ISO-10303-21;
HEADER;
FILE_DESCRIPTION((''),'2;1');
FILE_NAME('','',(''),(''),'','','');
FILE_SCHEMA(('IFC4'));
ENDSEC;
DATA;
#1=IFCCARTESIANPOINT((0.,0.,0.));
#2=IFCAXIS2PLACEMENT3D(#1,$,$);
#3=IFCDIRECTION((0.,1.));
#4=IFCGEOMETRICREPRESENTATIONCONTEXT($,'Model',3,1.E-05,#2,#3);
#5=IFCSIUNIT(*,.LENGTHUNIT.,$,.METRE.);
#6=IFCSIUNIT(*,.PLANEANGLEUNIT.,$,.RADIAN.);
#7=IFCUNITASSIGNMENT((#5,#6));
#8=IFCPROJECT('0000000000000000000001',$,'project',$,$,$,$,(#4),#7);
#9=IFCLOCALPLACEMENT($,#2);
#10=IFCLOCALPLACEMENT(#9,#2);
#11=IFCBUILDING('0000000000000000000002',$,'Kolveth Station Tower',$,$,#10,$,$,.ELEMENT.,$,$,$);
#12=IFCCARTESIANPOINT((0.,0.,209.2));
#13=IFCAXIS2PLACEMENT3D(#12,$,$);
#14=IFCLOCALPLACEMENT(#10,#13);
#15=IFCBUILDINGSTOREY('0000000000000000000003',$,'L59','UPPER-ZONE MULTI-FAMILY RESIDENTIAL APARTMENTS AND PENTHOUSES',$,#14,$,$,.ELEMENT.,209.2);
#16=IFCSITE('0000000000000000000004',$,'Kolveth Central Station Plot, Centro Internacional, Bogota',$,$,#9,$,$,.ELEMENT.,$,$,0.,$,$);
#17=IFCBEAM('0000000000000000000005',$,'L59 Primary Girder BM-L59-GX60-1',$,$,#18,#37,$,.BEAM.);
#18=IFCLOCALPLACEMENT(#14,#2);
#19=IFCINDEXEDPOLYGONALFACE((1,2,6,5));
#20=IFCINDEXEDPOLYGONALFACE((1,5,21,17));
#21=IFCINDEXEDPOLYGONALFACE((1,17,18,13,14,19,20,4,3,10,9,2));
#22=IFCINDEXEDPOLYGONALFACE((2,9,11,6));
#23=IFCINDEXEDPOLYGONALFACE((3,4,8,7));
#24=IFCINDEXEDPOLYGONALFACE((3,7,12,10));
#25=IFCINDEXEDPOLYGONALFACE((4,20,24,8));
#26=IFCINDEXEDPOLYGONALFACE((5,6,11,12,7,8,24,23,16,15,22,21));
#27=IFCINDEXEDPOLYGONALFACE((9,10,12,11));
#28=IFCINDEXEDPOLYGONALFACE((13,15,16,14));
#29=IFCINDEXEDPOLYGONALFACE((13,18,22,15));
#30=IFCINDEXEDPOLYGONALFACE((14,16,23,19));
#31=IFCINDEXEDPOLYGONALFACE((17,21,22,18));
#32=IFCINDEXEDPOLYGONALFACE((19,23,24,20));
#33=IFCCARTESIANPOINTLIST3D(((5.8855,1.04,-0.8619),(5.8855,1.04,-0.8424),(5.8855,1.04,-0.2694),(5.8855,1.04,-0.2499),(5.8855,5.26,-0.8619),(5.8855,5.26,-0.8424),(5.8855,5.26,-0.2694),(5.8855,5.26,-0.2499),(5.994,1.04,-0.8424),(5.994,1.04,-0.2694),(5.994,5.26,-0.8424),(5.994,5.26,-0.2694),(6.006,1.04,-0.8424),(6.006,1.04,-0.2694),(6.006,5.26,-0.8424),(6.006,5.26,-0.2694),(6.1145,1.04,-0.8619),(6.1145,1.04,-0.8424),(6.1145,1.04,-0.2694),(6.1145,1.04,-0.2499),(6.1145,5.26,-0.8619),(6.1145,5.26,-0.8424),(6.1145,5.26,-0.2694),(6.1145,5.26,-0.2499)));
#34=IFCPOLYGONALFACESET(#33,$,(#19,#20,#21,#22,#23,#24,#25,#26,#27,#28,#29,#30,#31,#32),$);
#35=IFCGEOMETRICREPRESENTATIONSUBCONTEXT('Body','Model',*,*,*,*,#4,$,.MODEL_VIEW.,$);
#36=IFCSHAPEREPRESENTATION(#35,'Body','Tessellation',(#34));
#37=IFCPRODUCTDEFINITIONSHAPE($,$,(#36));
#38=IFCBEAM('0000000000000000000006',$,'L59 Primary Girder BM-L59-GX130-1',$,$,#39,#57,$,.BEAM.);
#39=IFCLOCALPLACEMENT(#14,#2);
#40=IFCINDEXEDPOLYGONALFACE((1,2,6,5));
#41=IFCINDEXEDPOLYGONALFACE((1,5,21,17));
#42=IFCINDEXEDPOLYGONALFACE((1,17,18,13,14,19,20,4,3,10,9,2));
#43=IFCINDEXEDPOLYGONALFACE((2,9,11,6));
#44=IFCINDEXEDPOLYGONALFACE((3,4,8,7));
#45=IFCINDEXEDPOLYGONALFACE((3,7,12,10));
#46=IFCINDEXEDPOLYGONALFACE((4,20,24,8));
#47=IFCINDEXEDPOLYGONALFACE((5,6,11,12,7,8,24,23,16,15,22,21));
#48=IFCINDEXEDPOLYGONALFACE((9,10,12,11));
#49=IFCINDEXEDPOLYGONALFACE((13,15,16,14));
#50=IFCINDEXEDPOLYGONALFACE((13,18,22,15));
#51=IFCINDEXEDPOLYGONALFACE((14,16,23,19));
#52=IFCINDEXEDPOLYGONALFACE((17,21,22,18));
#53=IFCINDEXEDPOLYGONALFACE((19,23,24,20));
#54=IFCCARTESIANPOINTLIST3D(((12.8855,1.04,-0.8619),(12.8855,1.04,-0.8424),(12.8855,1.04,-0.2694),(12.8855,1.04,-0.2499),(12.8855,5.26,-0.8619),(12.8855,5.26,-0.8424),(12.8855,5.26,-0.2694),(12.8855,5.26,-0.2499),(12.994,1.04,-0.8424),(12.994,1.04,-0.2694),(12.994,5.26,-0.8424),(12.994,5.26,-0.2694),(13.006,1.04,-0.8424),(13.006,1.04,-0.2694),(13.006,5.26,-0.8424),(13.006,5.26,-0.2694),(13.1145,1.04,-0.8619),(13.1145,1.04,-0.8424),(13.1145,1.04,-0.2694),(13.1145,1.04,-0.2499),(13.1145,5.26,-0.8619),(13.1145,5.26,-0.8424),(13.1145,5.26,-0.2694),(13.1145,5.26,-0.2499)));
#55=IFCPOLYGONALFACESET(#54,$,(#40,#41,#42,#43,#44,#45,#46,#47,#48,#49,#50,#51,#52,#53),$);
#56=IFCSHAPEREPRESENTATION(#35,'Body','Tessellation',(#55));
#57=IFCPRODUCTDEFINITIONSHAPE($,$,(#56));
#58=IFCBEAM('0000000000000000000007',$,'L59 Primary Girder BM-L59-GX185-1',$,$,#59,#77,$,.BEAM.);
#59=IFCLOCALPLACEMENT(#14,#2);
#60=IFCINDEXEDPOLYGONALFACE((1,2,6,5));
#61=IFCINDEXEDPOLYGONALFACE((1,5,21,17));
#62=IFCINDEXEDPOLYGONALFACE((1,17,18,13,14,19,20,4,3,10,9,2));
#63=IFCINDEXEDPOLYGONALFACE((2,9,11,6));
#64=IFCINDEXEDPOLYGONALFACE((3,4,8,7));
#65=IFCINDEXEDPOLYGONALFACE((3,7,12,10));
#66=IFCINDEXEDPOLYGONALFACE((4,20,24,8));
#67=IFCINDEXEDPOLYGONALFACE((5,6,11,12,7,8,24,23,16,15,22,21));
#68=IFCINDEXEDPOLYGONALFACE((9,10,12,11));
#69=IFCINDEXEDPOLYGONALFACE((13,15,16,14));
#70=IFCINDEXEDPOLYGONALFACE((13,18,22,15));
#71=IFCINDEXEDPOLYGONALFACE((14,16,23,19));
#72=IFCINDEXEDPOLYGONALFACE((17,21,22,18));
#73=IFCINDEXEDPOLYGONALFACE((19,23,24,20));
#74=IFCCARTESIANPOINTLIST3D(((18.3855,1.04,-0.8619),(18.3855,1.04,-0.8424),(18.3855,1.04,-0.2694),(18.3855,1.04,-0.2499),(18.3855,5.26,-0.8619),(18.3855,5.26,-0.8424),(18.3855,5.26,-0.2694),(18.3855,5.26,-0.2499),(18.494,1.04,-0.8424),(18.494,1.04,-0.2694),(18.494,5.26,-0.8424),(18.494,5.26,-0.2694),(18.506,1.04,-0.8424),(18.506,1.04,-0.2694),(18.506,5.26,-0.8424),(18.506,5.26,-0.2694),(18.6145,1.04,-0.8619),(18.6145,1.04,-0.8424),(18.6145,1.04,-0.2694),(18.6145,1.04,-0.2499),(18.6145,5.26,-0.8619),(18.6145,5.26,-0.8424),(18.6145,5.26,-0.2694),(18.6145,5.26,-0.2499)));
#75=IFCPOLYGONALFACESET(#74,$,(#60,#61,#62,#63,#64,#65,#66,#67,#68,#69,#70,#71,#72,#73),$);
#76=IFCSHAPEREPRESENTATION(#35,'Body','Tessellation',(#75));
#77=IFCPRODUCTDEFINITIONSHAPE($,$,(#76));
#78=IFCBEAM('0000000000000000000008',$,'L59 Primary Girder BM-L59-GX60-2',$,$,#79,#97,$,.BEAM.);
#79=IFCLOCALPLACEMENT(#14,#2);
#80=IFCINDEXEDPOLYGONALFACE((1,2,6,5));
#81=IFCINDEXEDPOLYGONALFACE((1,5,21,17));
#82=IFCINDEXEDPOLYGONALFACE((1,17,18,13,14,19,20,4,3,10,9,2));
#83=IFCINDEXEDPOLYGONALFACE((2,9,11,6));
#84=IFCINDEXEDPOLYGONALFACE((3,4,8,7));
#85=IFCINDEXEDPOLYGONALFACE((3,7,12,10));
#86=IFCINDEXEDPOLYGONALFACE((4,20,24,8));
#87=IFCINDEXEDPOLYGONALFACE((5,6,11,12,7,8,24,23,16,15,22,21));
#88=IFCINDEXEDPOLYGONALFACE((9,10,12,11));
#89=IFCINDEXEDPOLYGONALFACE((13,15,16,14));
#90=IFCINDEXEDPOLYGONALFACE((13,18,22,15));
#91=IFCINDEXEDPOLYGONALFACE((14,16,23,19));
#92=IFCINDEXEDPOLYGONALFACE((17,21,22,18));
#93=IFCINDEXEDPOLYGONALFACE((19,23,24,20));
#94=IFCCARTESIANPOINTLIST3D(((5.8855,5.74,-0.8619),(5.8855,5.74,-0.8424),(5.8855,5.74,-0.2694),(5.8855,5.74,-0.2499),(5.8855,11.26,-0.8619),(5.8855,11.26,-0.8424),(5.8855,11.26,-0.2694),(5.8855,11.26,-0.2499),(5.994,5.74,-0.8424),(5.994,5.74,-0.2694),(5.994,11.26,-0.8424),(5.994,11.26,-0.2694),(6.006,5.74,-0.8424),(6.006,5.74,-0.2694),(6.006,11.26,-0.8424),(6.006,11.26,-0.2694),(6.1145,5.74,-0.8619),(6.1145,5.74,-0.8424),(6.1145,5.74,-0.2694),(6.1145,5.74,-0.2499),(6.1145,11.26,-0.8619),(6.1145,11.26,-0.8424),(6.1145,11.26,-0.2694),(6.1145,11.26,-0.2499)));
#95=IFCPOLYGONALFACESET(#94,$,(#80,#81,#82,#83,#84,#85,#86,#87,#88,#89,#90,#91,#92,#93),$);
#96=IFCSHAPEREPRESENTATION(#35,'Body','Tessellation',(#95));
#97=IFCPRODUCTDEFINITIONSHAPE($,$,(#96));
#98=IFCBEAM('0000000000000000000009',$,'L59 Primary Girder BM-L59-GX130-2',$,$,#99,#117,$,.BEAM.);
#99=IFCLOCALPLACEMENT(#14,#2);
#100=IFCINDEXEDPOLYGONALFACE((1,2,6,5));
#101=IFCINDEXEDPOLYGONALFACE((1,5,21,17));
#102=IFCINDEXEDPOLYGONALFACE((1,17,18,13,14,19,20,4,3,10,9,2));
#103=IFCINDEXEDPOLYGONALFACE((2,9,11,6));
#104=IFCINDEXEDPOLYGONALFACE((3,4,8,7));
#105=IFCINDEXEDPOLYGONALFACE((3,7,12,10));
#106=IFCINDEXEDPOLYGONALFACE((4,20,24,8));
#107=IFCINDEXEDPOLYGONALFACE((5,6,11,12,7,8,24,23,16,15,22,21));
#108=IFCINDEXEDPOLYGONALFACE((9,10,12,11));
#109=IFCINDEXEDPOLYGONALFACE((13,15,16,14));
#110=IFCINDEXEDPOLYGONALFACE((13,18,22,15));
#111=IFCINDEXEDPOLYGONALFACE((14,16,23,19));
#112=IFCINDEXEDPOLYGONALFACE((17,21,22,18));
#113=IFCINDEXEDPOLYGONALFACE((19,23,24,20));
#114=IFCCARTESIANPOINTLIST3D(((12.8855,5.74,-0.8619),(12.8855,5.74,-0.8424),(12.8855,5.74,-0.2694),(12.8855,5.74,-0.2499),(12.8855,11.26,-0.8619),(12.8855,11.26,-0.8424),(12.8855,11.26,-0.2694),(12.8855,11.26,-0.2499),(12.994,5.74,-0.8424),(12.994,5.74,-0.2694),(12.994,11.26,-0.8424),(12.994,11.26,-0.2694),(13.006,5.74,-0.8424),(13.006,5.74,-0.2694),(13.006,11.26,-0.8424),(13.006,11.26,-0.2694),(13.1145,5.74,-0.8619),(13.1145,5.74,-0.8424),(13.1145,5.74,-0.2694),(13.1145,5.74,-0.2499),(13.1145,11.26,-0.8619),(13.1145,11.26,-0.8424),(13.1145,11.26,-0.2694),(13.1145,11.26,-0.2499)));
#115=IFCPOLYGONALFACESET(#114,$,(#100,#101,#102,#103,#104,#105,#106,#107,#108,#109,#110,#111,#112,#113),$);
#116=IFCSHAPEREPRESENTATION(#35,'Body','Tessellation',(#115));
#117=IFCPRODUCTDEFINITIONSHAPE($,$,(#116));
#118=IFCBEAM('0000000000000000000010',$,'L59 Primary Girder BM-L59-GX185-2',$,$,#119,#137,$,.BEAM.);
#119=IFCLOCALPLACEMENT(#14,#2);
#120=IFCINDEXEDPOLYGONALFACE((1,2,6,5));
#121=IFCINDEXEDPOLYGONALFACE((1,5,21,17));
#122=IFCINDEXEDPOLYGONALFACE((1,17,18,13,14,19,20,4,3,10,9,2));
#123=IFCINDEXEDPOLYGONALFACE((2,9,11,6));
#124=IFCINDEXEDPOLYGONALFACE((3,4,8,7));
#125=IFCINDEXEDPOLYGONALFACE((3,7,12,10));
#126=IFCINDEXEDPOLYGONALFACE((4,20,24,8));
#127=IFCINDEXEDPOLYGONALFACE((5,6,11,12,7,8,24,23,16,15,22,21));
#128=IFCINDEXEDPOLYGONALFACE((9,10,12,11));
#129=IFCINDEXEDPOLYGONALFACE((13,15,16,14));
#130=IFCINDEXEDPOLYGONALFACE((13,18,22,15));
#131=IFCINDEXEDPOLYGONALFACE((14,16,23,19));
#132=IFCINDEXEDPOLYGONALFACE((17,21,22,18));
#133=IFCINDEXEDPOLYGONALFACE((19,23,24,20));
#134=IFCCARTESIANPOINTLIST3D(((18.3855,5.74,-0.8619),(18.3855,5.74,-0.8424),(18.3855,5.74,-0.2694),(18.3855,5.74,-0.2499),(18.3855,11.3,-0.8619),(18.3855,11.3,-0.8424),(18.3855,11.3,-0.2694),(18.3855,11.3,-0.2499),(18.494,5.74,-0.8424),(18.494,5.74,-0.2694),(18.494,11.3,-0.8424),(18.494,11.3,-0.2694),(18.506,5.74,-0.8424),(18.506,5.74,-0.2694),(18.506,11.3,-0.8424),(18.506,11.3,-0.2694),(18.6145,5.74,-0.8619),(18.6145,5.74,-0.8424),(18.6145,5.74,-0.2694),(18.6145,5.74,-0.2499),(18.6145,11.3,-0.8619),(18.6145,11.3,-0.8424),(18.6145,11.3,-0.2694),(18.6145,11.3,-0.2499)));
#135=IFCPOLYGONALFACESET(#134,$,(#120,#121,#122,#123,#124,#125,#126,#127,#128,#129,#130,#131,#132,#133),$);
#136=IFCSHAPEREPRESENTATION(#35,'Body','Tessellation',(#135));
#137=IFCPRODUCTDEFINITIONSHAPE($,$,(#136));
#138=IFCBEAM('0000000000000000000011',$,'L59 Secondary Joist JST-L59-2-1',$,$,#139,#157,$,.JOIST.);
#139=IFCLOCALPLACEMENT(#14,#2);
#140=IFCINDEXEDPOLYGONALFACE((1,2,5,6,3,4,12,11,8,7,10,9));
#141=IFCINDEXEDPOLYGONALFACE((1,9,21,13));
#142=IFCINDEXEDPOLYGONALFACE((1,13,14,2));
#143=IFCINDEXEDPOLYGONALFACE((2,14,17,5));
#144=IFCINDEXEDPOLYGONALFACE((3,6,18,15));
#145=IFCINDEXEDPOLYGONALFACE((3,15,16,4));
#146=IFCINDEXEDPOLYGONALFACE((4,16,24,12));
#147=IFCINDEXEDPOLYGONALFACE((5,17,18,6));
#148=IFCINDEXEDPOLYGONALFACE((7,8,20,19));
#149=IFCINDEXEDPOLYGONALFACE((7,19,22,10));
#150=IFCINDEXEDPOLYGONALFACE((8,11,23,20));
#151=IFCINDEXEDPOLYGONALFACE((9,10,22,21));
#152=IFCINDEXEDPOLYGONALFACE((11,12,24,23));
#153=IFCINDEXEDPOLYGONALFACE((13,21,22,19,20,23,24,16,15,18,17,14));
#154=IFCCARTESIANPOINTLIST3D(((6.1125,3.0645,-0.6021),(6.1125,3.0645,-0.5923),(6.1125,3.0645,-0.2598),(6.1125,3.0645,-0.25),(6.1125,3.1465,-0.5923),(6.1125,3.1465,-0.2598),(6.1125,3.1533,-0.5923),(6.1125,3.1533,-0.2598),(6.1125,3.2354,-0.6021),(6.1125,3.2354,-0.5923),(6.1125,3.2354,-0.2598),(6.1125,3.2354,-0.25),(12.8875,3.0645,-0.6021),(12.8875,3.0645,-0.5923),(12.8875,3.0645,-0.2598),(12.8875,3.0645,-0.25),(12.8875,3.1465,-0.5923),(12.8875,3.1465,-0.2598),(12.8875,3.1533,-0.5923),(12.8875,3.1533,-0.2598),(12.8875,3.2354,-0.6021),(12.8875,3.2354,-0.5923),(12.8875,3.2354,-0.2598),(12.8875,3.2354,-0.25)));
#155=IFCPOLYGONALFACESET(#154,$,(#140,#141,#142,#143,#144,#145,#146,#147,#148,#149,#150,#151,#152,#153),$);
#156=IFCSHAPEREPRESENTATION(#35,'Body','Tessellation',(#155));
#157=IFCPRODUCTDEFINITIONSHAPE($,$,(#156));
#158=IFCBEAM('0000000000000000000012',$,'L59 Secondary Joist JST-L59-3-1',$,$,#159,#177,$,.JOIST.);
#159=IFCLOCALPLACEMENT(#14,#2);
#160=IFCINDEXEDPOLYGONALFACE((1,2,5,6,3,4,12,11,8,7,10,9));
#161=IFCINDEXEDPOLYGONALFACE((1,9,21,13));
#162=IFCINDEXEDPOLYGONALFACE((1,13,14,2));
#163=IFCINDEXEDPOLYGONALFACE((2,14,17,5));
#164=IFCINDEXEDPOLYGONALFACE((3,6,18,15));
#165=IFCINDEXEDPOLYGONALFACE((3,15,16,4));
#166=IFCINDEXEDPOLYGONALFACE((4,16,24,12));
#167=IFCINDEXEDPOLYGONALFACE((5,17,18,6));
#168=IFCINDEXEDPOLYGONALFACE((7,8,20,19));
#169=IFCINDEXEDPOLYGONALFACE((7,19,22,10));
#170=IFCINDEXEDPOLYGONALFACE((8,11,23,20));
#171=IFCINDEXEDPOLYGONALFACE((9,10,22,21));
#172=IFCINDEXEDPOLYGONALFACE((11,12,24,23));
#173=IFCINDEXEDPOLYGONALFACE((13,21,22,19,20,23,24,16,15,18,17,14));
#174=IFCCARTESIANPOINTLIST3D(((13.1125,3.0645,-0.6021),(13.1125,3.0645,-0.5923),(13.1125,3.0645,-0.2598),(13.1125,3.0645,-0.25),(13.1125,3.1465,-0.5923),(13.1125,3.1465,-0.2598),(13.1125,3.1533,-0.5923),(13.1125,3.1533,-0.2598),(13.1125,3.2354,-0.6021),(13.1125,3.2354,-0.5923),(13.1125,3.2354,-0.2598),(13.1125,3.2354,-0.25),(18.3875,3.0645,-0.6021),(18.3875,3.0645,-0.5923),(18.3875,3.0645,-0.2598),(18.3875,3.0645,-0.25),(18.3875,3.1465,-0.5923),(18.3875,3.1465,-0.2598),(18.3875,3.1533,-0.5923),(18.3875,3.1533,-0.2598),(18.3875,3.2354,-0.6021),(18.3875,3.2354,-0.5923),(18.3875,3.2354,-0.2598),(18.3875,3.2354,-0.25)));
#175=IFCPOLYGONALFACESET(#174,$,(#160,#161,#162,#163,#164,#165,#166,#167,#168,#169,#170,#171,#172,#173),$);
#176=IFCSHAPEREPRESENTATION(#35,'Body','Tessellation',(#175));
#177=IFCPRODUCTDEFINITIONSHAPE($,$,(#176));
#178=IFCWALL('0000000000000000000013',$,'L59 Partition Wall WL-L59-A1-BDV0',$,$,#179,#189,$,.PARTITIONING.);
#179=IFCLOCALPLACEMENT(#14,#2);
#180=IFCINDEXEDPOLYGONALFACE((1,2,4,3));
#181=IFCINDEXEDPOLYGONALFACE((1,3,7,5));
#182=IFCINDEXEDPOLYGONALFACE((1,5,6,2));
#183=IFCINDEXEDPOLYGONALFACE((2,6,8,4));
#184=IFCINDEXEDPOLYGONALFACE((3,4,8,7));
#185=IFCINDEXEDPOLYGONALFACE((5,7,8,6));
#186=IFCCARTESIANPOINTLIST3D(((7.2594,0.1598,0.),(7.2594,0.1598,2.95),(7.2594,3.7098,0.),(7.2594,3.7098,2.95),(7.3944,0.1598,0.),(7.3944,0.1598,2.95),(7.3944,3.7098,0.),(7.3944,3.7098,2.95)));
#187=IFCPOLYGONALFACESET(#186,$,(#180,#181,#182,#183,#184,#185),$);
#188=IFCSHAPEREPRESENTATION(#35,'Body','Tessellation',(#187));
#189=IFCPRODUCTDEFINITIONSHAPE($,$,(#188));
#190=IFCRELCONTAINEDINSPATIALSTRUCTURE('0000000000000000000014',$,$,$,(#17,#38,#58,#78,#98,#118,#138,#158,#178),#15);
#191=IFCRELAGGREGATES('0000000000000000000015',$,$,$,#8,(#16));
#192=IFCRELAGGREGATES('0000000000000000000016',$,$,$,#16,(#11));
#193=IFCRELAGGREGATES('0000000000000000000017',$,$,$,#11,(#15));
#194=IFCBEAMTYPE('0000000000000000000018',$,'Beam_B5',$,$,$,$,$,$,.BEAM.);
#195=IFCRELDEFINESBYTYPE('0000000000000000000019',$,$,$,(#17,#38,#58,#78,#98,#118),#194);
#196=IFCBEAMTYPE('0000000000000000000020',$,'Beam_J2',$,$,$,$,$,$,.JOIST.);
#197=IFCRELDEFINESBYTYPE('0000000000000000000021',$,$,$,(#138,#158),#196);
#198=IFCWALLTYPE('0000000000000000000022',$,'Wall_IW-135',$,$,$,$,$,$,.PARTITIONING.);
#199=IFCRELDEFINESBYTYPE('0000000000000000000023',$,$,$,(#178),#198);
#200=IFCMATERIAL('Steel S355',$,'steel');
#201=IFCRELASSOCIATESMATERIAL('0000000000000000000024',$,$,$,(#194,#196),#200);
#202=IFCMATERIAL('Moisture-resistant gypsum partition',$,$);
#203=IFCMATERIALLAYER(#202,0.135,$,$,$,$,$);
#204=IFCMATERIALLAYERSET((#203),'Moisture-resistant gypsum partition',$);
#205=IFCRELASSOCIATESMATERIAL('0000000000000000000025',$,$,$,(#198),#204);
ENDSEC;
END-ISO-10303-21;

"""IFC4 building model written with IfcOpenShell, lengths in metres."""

from ifc_helpers import new_model, si_unit, direction, frame, frame_2d, origin, origin_2d, place, context, subcontext, project, spatial, rectangle, i_section, extrude, source, transform, mapped, material, layer, layer_set, material_profile, profile_set, type_object, element, save


model = new_model("IFC4")

# Units and contexts
model_context = context("Model", 3, precision=1e-05, world=origin(), true_north=direction((0.0, 1.0)))
body_context = subcontext(model_context, "Body", "Model", "MODEL_VIEW")
ifc_project = project(units=[si_unit("LENGTHUNIT", "METRE"), si_unit("PLANEANGLEUNIT", "RADIAN")], contexts=[model_context])

# Site, building, storey
site_placement = place(None, origin())
site = spatial("IfcSite", under=ifc_project, at=site_placement, Name="Kolveth Central Station Plot, Centro Internacional, Bogota", CompositionType="ELEMENT", RefElevation=0.0)
building_placement = place(site_placement, origin())
building = spatial("IfcBuilding", under=site, at=building_placement, Name="Kolveth Station Tower", CompositionType="ELEMENT")
storey_placement = place(building_placement, frame((0.0, 0.0, 209.2)))
storey = spatial("IfcBuildingStorey", under=building, at=storey_placement, Name="L59", Description="UPPER-ZONE MULTI-FAMILY RESIDENTIAL APARTMENTS AND PENTHOUSES", CompositionType="ELEMENT", Elevation=209.2)

# Shared definitions
ifc_material_1 = material(Name="Steel S355", Category="steel")

# Beams
ifc_material_profile_1 = material_profile(ifc_material_1, i_section(OverallWidth=0.229, OverallDepth=0.6121, WebThickness=0.012, FlangeThickness=0.0195, at=origin_2d()), Name="W610x125")
ifc_profile_set_1 = profile_set([ifc_material_profile_1], Name="Steel S355")
beam_type_1 = type_object("IfcBeamType", Name="Beam_B5", PredefinedType="BEAM", material=ifc_profile_set_1)
shared_shape_1 = source(origin(), body_context, "Body", "SweptSolid", [
    extrude(i_section(OverallWidth=0.229, OverallDepth=0.6121, WebThickness=0.012, FlangeThickness=0.0195, at=origin_2d()), origin(), (0.0, 0.0, 1.0), 4.22),
])
for number, where, z_axis, x_axis, name in (
    (1, (6.0, 1.04, -0.5559), (0.0, 1.0, 0.0), (-1.0, 0.0, 0.0), "L59 Primary Girder BM-L59-GX60-1"),
    (2, (13.0, 1.04, -0.5559), (0.0, 1.0, 0.0), (-1.0, 0.0, 0.0), "L59 Primary Girder BM-L59-GX130-1"),
    (3, (18.5, 1.04, -0.5559), (0.0, 1.0, 0.0), (-1.0, 0.0, 0.0), "L59 Primary Girder BM-L59-GX185-1"),
):
    element("IfcBeam", number, at=place(storey_placement, frame(where, z_axis=z_axis, x_axis=x_axis)), inside=storey, type_object=beam_type_1, Name=name, PredefinedType="BEAM", context=body_context, shape_type="MappedRepresentation", body=[
        mapped(shared_shape_1, transform((0.0, 0.0, 0.0), x_axis=(1.0, 0.0, 0.0), y_axis=(0.0, 1.0, 0.0), z_axis=(0.0, 0.0, 1.0), scale=1.0)),
    ])
shared_shape_2 = source(origin(), body_context, "Body", "SweptSolid", [
    extrude(i_section(OverallWidth=0.229, OverallDepth=0.6121, WebThickness=0.012, FlangeThickness=0.0195, at=origin_2d()), origin(), (0.0, 0.0, 1.0), 5.52),
])
for number, where, z_axis, x_axis, name in (
    (4, (6.0, 5.74, -0.5559), (0.0, 1.0, 0.0), (-1.0, 0.0, 0.0), "L59 Primary Girder BM-L59-GX60-2"),
    (5, (13.0, 5.74, -0.5559), (0.0, 1.0, 0.0), (-1.0, 0.0, 0.0), "L59 Primary Girder BM-L59-GX130-2"),
):
    element("IfcBeam", number, at=place(storey_placement, frame(where, z_axis=z_axis, x_axis=x_axis)), inside=storey, type_object=beam_type_1, Name=name, PredefinedType="BEAM", context=body_context, shape_type="MappedRepresentation", body=[
        mapped(shared_shape_2, transform((0.0, 0.0, 0.0), x_axis=(1.0, 0.0, 0.0), y_axis=(0.0, 1.0, 0.0), z_axis=(0.0, 0.0, 1.0), scale=1.0)),
    ])
shared_shape_3 = source(origin(), body_context, "Body", "SweptSolid", [
    extrude(i_section(OverallWidth=0.229, OverallDepth=0.6121, WebThickness=0.012, FlangeThickness=0.0195, at=origin_2d()), origin(), (0.0, 0.0, 1.0), 5.5601),
])
beam_1_placement = place(storey_placement, frame((18.5, 5.74, -0.5559), z_axis=(0.0, 1.0, 0.0), x_axis=(-1.0, 0.0, 0.0)))
element("IfcBeam", 6, at=beam_1_placement, inside=storey, type_object=beam_type_1, Name="L59 Primary Girder BM-L59-GX185-2", PredefinedType="BEAM", context=body_context, shape_type="MappedRepresentation", body=[
    mapped(shared_shape_3, transform((0.0, 0.0, 0.0), x_axis=(1.0, 0.0, 0.0), y_axis=(0.0, 1.0, 0.0), z_axis=(0.0, 0.0, 1.0), scale=1.0)),
])
ifc_material_profile_2 = material_profile(ifc_material_1, i_section(OverallWidth=0.1709, OverallDepth=0.3521, WebThickness=0.0068, FlangeThickness=0.0098, at=origin_2d()), Name="W360x44")
ifc_profile_set_2 = profile_set([ifc_material_profile_2], Name="Steel S355")
beam_type_2 = type_object("IfcBeamType", Name="Beam_J2", PredefinedType="JOIST", material=ifc_profile_set_2)
shared_shape_4 = source(origin(), body_context, "Body", "SweptSolid", [
    extrude(i_section(OverallWidth=0.1709, OverallDepth=0.3521, WebThickness=0.0068, FlangeThickness=0.0098, at=origin_2d()), origin(), (0.0, 0.0, 1.0), 6.7749),
])
beam_2_placement = place(storey_placement, frame((6.1125, 3.1499, -0.426), z_axis=(1.0, 0.0, 0.0), x_axis=(0.0, 1.0, 0.0)))
element("IfcBeam", 7, at=beam_2_placement, inside=storey, type_object=beam_type_2, Name="L59 Secondary Joist JST-L59-2-1", PredefinedType="JOIST", context=body_context, shape_type="MappedRepresentation", body=[
    mapped(shared_shape_4, transform((0.0, 0.0, 0.0), x_axis=(1.0, 0.0, 0.0), y_axis=(0.0, 1.0, 0.0), z_axis=(0.0, 0.0, 1.0), scale=1.0)),
])
shared_shape_5 = source(origin(), body_context, "Body", "SweptSolid", [
    extrude(i_section(OverallWidth=0.1709, OverallDepth=0.3521, WebThickness=0.0068, FlangeThickness=0.0098, at=origin_2d()), origin(), (0.0, 0.0, 1.0), 5.2749),
])
beam_3_placement = place(storey_placement, frame((13.1125, 3.1499, -0.426), z_axis=(1.0, 0.0, 0.0), x_axis=(0.0, 1.0, 0.0)))
element("IfcBeam", 8, at=beam_3_placement, inside=storey, type_object=beam_type_2, Name="L59 Secondary Joist JST-L59-3-1", PredefinedType="JOIST", context=body_context, shape_type="MappedRepresentation", body=[
    mapped(shared_shape_5, transform((0.0, 0.0, 0.0), x_axis=(1.0, 0.0, 0.0), y_axis=(0.0, 1.0, 0.0), z_axis=(0.0, 0.0, 1.0), scale=1.0)),
])

# Wall
ifc_material_2 = material(Name="Moisture-resistant gypsum partition")
ifc_layer_1 = layer(ifc_material_2, 0.135)
ifc_layer_set_1 = layer_set([ifc_layer_1], Name="Moisture-resistant gypsum partition")
wall_type_1 = type_object("IfcWallType", Name="Wall_IW-135", PredefinedType="PARTITIONING", material=ifc_layer_set_1)
wall_1_placement = place(storey_placement, frame((7.3269, 0.1599, 0.0), z_axis=(0.0, 0.0, 1.0), x_axis=(0.0, 1.0, 0.0)))
element("IfcWall", 9, at=wall_1_placement, inside=storey, type_object=wall_type_1, Name="L59 Partition Wall WL-L59-A1-BDV0", PredefinedType="PARTITIONING", context=body_context, shape_type="SweptSolid", body=[
    extrude(rectangle(XDim=3.55, YDim=0.135, at=frame_2d((1.7749, 0.0))), origin(), (0.0, 0.0, 1.0), 2.95),
])

save(model, "model.ifc")
